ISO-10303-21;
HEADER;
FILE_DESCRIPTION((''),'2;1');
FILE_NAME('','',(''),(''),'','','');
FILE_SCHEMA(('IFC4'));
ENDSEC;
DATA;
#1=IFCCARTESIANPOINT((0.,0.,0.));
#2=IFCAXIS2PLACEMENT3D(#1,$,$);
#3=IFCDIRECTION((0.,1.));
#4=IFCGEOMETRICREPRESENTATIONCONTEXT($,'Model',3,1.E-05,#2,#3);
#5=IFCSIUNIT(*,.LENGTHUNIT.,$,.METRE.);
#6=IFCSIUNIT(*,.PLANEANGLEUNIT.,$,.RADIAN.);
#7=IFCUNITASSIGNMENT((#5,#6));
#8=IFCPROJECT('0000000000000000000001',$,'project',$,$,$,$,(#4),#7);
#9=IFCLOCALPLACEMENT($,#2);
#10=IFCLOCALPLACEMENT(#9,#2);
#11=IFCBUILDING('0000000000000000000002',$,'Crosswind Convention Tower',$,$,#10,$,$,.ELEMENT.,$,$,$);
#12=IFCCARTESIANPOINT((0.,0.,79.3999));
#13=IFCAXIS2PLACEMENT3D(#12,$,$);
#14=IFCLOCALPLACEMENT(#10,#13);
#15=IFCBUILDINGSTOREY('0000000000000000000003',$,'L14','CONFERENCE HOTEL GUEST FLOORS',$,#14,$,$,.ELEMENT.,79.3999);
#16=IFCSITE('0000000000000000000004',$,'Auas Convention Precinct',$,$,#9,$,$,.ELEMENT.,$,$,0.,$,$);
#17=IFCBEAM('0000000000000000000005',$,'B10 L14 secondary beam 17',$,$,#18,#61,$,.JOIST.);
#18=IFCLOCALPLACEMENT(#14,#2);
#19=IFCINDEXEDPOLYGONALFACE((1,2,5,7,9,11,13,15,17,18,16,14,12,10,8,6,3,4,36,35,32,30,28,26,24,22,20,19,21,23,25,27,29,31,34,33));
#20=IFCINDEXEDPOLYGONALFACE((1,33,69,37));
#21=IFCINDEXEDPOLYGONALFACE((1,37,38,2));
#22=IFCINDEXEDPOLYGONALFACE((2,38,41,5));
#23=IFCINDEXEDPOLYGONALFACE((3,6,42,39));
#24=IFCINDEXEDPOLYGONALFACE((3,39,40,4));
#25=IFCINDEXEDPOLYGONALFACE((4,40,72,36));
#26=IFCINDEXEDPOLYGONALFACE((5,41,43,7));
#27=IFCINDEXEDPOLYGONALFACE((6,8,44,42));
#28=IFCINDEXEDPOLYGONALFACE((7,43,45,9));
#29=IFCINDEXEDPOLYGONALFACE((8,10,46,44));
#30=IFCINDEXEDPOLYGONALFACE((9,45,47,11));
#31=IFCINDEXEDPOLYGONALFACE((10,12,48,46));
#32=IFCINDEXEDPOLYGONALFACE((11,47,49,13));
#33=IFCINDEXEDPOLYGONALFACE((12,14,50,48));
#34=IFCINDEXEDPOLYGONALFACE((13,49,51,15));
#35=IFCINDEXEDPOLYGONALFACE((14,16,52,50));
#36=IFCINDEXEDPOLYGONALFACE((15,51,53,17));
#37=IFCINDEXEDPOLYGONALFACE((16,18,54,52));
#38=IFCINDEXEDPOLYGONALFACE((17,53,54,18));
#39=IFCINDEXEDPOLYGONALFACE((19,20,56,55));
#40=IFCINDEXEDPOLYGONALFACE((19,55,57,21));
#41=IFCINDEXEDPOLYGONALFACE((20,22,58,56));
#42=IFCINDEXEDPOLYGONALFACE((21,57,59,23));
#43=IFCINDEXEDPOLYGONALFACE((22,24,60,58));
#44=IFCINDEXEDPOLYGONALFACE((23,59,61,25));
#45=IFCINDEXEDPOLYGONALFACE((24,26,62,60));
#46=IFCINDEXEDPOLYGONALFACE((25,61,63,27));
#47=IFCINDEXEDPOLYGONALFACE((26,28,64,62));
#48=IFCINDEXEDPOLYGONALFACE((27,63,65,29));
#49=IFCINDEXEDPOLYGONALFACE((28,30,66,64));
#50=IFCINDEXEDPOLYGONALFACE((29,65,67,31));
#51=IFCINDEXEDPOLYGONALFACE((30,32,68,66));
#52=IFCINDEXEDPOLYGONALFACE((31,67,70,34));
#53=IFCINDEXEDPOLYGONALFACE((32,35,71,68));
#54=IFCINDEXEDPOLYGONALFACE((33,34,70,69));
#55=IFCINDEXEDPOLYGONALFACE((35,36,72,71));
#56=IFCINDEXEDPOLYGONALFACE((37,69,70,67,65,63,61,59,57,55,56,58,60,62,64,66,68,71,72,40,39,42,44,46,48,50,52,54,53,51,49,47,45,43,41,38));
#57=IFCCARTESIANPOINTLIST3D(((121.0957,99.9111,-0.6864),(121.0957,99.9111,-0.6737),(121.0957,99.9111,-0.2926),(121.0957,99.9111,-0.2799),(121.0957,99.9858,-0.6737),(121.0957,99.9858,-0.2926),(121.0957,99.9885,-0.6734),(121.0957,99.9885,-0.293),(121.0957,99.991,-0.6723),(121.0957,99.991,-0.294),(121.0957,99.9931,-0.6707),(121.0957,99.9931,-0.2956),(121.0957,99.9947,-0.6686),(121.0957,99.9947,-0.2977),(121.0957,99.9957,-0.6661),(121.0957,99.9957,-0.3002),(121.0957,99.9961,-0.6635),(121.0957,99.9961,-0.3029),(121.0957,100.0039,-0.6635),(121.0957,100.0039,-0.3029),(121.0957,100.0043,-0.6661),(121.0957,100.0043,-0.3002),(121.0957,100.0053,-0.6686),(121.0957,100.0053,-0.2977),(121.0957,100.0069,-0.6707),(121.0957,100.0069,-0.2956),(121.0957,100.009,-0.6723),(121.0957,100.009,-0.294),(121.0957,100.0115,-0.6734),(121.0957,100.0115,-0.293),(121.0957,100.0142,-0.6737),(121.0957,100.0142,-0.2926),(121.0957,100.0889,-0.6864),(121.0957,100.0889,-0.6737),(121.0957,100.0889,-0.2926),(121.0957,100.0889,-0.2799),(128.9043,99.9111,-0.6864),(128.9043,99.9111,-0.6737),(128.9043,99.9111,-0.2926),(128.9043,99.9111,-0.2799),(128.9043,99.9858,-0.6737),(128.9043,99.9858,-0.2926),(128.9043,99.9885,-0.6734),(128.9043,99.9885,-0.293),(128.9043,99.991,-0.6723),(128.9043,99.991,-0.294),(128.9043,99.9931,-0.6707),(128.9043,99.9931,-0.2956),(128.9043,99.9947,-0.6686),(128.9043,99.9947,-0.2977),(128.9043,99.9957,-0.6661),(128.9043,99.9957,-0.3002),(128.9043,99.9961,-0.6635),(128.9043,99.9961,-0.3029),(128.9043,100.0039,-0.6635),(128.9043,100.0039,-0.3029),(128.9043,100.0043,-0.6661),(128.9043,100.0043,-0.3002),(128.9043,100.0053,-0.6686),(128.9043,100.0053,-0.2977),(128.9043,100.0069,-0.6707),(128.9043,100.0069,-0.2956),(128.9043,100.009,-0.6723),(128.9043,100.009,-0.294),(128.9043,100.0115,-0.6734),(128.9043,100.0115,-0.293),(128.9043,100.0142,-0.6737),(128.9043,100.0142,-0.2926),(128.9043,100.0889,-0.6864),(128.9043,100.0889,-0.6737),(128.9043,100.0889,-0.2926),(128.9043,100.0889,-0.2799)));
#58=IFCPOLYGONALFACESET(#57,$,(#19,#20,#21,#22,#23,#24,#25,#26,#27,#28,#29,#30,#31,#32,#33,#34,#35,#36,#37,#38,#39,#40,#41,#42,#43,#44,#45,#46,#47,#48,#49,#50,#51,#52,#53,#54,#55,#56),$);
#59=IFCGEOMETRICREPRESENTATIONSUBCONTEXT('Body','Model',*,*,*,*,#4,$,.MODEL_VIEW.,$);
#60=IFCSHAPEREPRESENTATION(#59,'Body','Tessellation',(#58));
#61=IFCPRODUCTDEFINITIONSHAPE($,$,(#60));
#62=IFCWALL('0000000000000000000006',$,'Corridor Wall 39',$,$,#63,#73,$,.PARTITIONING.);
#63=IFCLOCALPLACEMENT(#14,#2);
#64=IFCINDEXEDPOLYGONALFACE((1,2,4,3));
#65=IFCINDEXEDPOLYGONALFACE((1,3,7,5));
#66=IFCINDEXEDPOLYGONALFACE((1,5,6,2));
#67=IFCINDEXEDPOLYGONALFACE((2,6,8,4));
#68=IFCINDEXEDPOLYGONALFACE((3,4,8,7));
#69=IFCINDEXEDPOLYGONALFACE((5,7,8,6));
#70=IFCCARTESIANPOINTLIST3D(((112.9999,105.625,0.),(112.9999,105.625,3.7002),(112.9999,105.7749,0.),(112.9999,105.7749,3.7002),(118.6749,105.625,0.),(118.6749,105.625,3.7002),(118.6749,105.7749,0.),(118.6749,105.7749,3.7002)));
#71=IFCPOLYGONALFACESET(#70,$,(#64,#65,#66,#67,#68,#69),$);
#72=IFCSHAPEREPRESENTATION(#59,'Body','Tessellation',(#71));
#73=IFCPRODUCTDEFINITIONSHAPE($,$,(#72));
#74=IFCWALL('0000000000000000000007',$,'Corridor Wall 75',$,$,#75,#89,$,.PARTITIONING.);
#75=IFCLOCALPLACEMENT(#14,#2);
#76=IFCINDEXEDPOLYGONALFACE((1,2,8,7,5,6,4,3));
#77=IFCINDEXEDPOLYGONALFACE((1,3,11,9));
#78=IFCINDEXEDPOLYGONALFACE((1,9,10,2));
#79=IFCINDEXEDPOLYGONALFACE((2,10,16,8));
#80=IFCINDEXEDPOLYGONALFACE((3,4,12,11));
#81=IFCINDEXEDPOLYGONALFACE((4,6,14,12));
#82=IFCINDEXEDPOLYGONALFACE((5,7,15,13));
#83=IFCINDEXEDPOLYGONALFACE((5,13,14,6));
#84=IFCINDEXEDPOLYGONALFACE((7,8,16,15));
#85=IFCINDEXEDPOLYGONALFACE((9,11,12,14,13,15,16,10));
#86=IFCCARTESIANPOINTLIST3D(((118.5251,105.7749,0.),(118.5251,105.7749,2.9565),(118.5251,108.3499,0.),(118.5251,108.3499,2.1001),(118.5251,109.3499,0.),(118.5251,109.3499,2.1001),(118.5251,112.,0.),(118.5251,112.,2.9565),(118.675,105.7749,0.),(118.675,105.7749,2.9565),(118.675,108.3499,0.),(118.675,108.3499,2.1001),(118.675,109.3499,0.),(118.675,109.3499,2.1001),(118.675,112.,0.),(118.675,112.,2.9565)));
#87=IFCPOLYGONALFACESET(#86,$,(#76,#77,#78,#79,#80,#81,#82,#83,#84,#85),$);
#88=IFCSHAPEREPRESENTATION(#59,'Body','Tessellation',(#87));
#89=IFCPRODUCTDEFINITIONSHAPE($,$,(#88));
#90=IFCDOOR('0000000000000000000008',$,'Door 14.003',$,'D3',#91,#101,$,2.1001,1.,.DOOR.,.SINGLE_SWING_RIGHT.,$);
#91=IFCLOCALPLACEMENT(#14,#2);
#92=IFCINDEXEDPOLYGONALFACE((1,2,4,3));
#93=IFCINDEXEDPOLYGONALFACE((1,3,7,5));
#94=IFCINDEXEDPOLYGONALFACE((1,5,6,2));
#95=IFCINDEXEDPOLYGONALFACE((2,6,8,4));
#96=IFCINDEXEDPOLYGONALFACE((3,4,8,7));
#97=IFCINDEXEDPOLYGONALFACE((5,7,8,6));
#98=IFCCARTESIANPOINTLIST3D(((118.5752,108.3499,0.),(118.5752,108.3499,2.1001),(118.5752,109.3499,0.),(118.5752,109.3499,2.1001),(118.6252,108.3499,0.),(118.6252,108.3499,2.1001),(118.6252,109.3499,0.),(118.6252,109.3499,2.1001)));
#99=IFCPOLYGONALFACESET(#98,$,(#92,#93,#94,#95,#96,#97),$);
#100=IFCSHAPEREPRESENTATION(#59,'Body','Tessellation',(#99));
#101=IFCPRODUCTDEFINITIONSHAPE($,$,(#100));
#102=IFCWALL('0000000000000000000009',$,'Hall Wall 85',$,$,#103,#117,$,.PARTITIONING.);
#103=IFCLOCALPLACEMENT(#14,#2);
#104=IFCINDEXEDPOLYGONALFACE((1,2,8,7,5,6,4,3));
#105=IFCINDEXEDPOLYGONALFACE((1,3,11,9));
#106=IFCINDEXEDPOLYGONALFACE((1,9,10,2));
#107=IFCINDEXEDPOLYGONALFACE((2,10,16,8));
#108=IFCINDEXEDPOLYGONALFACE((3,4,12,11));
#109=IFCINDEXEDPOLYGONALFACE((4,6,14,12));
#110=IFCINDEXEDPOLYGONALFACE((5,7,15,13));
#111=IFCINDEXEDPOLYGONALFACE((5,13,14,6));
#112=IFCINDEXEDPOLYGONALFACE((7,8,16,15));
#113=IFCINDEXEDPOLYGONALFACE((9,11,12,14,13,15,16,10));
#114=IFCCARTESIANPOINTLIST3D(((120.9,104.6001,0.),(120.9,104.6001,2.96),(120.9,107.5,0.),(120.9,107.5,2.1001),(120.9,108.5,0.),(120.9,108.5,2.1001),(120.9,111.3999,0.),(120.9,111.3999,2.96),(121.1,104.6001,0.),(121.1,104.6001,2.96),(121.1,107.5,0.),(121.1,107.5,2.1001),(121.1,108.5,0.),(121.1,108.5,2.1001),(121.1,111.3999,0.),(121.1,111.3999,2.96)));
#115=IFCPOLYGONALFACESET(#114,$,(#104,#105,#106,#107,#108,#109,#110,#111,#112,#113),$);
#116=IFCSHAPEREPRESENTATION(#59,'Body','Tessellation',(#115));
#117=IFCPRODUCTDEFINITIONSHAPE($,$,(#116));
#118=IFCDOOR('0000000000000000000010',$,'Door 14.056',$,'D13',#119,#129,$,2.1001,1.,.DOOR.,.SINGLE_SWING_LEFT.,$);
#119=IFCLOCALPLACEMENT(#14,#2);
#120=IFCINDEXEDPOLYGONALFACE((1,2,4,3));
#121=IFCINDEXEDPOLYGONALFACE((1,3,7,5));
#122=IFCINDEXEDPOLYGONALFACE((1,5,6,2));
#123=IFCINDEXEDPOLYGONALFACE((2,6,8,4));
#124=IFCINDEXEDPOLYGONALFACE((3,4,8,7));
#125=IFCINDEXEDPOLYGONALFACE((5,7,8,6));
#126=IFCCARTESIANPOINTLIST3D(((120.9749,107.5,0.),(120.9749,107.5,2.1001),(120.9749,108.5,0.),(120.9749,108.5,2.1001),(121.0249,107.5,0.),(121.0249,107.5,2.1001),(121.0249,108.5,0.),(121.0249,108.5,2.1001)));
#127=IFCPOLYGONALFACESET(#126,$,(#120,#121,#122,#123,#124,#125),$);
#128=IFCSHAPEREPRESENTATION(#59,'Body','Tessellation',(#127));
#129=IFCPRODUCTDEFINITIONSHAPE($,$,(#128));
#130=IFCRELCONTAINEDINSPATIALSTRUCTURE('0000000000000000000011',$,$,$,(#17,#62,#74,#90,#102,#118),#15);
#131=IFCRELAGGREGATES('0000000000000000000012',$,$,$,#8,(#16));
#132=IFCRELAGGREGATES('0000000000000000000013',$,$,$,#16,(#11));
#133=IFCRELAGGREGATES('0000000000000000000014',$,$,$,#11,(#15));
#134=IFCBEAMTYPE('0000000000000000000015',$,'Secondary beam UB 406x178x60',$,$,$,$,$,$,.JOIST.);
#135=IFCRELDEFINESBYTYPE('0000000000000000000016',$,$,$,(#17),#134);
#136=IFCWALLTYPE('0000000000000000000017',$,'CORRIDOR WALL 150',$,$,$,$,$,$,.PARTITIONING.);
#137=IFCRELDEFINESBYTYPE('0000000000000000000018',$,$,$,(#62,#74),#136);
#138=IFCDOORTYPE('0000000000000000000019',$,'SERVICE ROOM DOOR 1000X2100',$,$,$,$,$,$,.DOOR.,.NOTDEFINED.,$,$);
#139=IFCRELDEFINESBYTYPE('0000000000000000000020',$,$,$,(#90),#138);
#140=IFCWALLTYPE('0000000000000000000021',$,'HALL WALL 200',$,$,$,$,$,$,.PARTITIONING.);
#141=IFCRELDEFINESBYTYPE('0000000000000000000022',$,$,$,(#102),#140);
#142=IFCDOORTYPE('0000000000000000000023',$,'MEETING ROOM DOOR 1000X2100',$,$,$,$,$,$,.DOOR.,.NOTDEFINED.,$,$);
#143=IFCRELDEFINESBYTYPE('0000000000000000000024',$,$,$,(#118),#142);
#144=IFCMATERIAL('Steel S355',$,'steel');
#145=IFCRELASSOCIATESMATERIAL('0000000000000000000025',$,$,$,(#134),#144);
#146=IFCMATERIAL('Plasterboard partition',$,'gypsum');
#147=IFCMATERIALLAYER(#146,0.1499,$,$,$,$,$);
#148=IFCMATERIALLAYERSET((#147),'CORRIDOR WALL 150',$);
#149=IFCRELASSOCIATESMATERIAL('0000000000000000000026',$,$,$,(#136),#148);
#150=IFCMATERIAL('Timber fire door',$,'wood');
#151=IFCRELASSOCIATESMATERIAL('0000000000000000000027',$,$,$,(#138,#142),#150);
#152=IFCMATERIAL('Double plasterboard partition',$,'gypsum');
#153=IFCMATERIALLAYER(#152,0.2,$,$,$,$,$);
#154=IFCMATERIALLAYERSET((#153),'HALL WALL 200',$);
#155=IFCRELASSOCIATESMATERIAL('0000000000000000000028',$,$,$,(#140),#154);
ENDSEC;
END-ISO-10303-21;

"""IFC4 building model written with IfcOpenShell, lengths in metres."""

from ifc_helpers import new_model, si_unit, direction, frame, frame_2d, origin, origin_2d, place, context, subcontext, project, spatial, rectangle, i_section, extrude, material, layer, layer_set, material_profile, profile_set, type_object, element, fill, save


model = new_model("IFC4")

# Units and contexts
model_context = context("Model", 3, precision=1e-05, world=origin(), true_north=direction((0.0, 1.0)))
body_context = subcontext(model_context, "Body", "Model", "MODEL_VIEW")
ifc_project = project(units=[si_unit("LENGTHUNIT", "METRE"), si_unit("PLANEANGLEUNIT", "RADIAN")], contexts=[model_context])

# Site, building, storey
site_placement = place(None, origin())
site = spatial("IfcSite", under=ifc_project, at=site_placement, Name="Auas Convention Precinct", CompositionType="ELEMENT", RefElevation=0.0)
building_placement = place(site_placement, origin())
building = spatial("IfcBuilding", under=site, at=building_placement, Name="Crosswind Convention Tower", CompositionType="ELEMENT")
storey_placement = place(building_placement, frame((0.0, 0.0, 79.3999)))
storey = spatial("IfcBuildingStorey", under=building, at=storey_placement, Name="L14", Description="CONFERENCE HOTEL GUEST FLOORS", CompositionType="ELEMENT", Elevation=79.3999)

# Beam
ifc_material_1 = material(Name="Steel S355", Category="steel")
ifc_material_profile_1 = material_profile(ifc_material_1, i_section(OverallWidth=0.1777, OverallDepth=0.4065, WebThickness=0.0078, FlangeThickness=0.0127, FilletRadius=0.0103, at=origin_2d()), Name="UB 406x178x60")
ifc_profile_set_1 = profile_set([ifc_material_profile_1], Name="Steel S355")
beam_type_1 = type_object("IfcBeamType", Name="Secondary beam UB 406x178x60", PredefinedType="JOIST", material=ifc_profile_set_1)
beam_1_placement = place(storey_placement, frame((121.0957, 100.0, -0.4832), z_axis=(1.0, 0.0, 0.0), x_axis=(0.0, 1.0, 0.0)))
element("IfcBeam", 1, at=beam_1_placement, inside=storey, type_object=beam_type_1, Name="B10 L14 secondary beam 17", PredefinedType="JOIST", context=body_context, shape_type="SweptSolid", body=[
    extrude(i_section(OverallWidth=0.1777, OverallDepth=0.4065, WebThickness=0.0078, FlangeThickness=0.0127, FilletRadius=0.0103, at=origin_2d()), origin(), (0.0, 0.0, 1.0), 7.8086),
])

# Wall
ifc_material_2 = material(Name="Plasterboard partition", Category="gypsum")
ifc_layer_1 = layer(ifc_material_2, 0.1499)
ifc_layer_set_1 = layer_set([ifc_layer_1], Name="CORRIDOR WALL 150")
wall_type_1 = type_object("IfcWallType", Name="CORRIDOR WALL 150", PredefinedType="PARTITIONING", material=ifc_layer_set_1)
wall_1_placement = place(storey_placement, frame((113.0, 105.7, 0.0), z_axis=(0.0, 0.0, 1.0), x_axis=(1.0, 0.0, 0.0)))
element("IfcWall", 2, at=wall_1_placement, inside=storey, type_object=wall_type_1, Name="Corridor Wall 39", PredefinedType="PARTITIONING", context=body_context, shape_type="SweptSolid", body=[
    extrude(rectangle(XDim=5.675, YDim=0.1499, at=frame_2d((2.8374, 0.0))), origin(), (0.0, 0.0, 1.0), 3.7002),
])

# Walls, openings, doors
wall_2_placement = place(storey_placement, frame((118.6001, 105.7749, 0.0), z_axis=(0.0, 0.0, 1.0), x_axis=(0.0, 1.0, 0.0)))
wall_2 = element("IfcWall", 3, at=wall_2_placement, inside=storey, type_object=wall_type_1, Name="Corridor Wall 75", PredefinedType="PARTITIONING", context=body_context, shape_type="SweptSolid", body=[
    extrude(rectangle(XDim=6.2251, YDim=0.1499, at=frame_2d((3.1125, 0.0))), origin(), (0.0, 0.0, 1.0), 2.9565),
])
opening_1_placement = place(wall_2_placement, frame((2.575, 0.0, 0.0)))
opening_1 = element("IfcOpeningElement", 4, at=opening_1_placement, cuts=wall_2, PredefinedType="OPENING", context=body_context, shape_type="SweptSolid", body=[
    extrude(rectangle(XDim=1.0, YDim=2.1001, at=frame_2d((0.5, 1.05))), frame((0.0, 0.085, 0.0), z_axis=(0.0, -1.0, 0.0), x_axis=(1.0, 0.0, 0.0)), (0.0, 0.0, 1.0), 0.1699),
])
ifc_material_3 = material(Name="Timber fire door", Category="wood")
door_type_1 = type_object("IfcDoorType", Name="SERVICE ROOM DOOR 1000X2100", OperationType="NOTDEFINED", PredefinedType="DOOR", material=ifc_material_3)
door_1_placement = place(opening_1_placement, origin())
door_1 = element("IfcDoor", 5, at=door_1_placement, inside=storey, type_object=door_type_1, Name="Door 14.003", ObjectType="D3", OperationType="SINGLE_SWING_RIGHT", OverallHeight=2.1001, OverallWidth=1.0, PredefinedType="DOOR", context=body_context, shape_type="SweptSolid", body=[
    extrude(rectangle(XDim=1.0, YDim=2.1001, at=frame_2d((0.5, 1.05))), frame((0.0, 0.0249, 0.0), z_axis=(0.0, -1.0, 0.0), x_axis=(1.0, 0.0, 0.0)), (0.0, 0.0, 1.0), 0.05),
])
fill(opening_1, door_1)
ifc_material_4 = material(Name="Double plasterboard partition", Category="gypsum")
ifc_layer_2 = layer(ifc_material_4, 0.2)
ifc_layer_set_2 = layer_set([ifc_layer_2], Name="HALL WALL 200")
wall_type_2 = type_object("IfcWallType", Name="HALL WALL 200", PredefinedType="PARTITIONING", material=ifc_layer_set_2)
wall_3_placement = place(storey_placement, frame((121.0, 104.6001, 0.0), z_axis=(0.0, 0.0, 1.0), x_axis=(0.0, 1.0, 0.0)))
wall_3 = element("IfcWall", 6, at=wall_3_placement, inside=storey, type_object=wall_type_2, Name="Hall Wall 85", PredefinedType="PARTITIONING", context=body_context, shape_type="SweptSolid", body=[
    extrude(rectangle(XDim=6.7998, YDim=0.2, at=frame_2d((3.3999, 0.0))), origin(), (0.0, 0.0, 1.0), 2.96),
])
opening_2_placement = place(wall_3_placement, frame((2.8999, 0.0, 0.0)))
opening_2 = element("IfcOpeningElement", 7, at=opening_2_placement, cuts=wall_3, PredefinedType="OPENING", context=body_context, shape_type="SweptSolid", body=[
    extrude(rectangle(XDim=1.0, YDim=2.1001, at=frame_2d((0.5, 1.05))), frame((0.0, 0.1099, 0.0), z_axis=(0.0, -1.0, 0.0), x_axis=(1.0, 0.0, 0.0)), (0.0, 0.0, 1.0), 0.22),
])
door_type_2 = type_object("IfcDoorType", Name="MEETING ROOM DOOR 1000X2100", OperationType="NOTDEFINED", PredefinedType="DOOR", material=ifc_material_3)
door_2_placement = place(opening_2_placement, frame((1.0, 0.0, 0.0), z_axis=(0.0, 0.0, 1.0), x_axis=(-1.0, 0.0, 0.0)))
door_2 = element("IfcDoor", 8, at=door_2_placement, inside=storey, type_object=door_type_2, Name="Door 14.056", ObjectType="D13", OperationType="SINGLE_SWING_LEFT", OverallHeight=2.1001, OverallWidth=1.0, PredefinedType="DOOR", context=body_context, shape_type="SweptSolid", body=[
    extrude(rectangle(XDim=1.0, YDim=2.1001, at=frame_2d((0.5, 1.05))), frame((0.0, 0.0249, 0.0), z_axis=(0.0, -1.0, 0.0), x_axis=(1.0, 0.0, 0.0)), (0.0, 0.0, 1.0), 0.05),
])
fill(opening_2, door_2)

save(model, "model.ifc")
